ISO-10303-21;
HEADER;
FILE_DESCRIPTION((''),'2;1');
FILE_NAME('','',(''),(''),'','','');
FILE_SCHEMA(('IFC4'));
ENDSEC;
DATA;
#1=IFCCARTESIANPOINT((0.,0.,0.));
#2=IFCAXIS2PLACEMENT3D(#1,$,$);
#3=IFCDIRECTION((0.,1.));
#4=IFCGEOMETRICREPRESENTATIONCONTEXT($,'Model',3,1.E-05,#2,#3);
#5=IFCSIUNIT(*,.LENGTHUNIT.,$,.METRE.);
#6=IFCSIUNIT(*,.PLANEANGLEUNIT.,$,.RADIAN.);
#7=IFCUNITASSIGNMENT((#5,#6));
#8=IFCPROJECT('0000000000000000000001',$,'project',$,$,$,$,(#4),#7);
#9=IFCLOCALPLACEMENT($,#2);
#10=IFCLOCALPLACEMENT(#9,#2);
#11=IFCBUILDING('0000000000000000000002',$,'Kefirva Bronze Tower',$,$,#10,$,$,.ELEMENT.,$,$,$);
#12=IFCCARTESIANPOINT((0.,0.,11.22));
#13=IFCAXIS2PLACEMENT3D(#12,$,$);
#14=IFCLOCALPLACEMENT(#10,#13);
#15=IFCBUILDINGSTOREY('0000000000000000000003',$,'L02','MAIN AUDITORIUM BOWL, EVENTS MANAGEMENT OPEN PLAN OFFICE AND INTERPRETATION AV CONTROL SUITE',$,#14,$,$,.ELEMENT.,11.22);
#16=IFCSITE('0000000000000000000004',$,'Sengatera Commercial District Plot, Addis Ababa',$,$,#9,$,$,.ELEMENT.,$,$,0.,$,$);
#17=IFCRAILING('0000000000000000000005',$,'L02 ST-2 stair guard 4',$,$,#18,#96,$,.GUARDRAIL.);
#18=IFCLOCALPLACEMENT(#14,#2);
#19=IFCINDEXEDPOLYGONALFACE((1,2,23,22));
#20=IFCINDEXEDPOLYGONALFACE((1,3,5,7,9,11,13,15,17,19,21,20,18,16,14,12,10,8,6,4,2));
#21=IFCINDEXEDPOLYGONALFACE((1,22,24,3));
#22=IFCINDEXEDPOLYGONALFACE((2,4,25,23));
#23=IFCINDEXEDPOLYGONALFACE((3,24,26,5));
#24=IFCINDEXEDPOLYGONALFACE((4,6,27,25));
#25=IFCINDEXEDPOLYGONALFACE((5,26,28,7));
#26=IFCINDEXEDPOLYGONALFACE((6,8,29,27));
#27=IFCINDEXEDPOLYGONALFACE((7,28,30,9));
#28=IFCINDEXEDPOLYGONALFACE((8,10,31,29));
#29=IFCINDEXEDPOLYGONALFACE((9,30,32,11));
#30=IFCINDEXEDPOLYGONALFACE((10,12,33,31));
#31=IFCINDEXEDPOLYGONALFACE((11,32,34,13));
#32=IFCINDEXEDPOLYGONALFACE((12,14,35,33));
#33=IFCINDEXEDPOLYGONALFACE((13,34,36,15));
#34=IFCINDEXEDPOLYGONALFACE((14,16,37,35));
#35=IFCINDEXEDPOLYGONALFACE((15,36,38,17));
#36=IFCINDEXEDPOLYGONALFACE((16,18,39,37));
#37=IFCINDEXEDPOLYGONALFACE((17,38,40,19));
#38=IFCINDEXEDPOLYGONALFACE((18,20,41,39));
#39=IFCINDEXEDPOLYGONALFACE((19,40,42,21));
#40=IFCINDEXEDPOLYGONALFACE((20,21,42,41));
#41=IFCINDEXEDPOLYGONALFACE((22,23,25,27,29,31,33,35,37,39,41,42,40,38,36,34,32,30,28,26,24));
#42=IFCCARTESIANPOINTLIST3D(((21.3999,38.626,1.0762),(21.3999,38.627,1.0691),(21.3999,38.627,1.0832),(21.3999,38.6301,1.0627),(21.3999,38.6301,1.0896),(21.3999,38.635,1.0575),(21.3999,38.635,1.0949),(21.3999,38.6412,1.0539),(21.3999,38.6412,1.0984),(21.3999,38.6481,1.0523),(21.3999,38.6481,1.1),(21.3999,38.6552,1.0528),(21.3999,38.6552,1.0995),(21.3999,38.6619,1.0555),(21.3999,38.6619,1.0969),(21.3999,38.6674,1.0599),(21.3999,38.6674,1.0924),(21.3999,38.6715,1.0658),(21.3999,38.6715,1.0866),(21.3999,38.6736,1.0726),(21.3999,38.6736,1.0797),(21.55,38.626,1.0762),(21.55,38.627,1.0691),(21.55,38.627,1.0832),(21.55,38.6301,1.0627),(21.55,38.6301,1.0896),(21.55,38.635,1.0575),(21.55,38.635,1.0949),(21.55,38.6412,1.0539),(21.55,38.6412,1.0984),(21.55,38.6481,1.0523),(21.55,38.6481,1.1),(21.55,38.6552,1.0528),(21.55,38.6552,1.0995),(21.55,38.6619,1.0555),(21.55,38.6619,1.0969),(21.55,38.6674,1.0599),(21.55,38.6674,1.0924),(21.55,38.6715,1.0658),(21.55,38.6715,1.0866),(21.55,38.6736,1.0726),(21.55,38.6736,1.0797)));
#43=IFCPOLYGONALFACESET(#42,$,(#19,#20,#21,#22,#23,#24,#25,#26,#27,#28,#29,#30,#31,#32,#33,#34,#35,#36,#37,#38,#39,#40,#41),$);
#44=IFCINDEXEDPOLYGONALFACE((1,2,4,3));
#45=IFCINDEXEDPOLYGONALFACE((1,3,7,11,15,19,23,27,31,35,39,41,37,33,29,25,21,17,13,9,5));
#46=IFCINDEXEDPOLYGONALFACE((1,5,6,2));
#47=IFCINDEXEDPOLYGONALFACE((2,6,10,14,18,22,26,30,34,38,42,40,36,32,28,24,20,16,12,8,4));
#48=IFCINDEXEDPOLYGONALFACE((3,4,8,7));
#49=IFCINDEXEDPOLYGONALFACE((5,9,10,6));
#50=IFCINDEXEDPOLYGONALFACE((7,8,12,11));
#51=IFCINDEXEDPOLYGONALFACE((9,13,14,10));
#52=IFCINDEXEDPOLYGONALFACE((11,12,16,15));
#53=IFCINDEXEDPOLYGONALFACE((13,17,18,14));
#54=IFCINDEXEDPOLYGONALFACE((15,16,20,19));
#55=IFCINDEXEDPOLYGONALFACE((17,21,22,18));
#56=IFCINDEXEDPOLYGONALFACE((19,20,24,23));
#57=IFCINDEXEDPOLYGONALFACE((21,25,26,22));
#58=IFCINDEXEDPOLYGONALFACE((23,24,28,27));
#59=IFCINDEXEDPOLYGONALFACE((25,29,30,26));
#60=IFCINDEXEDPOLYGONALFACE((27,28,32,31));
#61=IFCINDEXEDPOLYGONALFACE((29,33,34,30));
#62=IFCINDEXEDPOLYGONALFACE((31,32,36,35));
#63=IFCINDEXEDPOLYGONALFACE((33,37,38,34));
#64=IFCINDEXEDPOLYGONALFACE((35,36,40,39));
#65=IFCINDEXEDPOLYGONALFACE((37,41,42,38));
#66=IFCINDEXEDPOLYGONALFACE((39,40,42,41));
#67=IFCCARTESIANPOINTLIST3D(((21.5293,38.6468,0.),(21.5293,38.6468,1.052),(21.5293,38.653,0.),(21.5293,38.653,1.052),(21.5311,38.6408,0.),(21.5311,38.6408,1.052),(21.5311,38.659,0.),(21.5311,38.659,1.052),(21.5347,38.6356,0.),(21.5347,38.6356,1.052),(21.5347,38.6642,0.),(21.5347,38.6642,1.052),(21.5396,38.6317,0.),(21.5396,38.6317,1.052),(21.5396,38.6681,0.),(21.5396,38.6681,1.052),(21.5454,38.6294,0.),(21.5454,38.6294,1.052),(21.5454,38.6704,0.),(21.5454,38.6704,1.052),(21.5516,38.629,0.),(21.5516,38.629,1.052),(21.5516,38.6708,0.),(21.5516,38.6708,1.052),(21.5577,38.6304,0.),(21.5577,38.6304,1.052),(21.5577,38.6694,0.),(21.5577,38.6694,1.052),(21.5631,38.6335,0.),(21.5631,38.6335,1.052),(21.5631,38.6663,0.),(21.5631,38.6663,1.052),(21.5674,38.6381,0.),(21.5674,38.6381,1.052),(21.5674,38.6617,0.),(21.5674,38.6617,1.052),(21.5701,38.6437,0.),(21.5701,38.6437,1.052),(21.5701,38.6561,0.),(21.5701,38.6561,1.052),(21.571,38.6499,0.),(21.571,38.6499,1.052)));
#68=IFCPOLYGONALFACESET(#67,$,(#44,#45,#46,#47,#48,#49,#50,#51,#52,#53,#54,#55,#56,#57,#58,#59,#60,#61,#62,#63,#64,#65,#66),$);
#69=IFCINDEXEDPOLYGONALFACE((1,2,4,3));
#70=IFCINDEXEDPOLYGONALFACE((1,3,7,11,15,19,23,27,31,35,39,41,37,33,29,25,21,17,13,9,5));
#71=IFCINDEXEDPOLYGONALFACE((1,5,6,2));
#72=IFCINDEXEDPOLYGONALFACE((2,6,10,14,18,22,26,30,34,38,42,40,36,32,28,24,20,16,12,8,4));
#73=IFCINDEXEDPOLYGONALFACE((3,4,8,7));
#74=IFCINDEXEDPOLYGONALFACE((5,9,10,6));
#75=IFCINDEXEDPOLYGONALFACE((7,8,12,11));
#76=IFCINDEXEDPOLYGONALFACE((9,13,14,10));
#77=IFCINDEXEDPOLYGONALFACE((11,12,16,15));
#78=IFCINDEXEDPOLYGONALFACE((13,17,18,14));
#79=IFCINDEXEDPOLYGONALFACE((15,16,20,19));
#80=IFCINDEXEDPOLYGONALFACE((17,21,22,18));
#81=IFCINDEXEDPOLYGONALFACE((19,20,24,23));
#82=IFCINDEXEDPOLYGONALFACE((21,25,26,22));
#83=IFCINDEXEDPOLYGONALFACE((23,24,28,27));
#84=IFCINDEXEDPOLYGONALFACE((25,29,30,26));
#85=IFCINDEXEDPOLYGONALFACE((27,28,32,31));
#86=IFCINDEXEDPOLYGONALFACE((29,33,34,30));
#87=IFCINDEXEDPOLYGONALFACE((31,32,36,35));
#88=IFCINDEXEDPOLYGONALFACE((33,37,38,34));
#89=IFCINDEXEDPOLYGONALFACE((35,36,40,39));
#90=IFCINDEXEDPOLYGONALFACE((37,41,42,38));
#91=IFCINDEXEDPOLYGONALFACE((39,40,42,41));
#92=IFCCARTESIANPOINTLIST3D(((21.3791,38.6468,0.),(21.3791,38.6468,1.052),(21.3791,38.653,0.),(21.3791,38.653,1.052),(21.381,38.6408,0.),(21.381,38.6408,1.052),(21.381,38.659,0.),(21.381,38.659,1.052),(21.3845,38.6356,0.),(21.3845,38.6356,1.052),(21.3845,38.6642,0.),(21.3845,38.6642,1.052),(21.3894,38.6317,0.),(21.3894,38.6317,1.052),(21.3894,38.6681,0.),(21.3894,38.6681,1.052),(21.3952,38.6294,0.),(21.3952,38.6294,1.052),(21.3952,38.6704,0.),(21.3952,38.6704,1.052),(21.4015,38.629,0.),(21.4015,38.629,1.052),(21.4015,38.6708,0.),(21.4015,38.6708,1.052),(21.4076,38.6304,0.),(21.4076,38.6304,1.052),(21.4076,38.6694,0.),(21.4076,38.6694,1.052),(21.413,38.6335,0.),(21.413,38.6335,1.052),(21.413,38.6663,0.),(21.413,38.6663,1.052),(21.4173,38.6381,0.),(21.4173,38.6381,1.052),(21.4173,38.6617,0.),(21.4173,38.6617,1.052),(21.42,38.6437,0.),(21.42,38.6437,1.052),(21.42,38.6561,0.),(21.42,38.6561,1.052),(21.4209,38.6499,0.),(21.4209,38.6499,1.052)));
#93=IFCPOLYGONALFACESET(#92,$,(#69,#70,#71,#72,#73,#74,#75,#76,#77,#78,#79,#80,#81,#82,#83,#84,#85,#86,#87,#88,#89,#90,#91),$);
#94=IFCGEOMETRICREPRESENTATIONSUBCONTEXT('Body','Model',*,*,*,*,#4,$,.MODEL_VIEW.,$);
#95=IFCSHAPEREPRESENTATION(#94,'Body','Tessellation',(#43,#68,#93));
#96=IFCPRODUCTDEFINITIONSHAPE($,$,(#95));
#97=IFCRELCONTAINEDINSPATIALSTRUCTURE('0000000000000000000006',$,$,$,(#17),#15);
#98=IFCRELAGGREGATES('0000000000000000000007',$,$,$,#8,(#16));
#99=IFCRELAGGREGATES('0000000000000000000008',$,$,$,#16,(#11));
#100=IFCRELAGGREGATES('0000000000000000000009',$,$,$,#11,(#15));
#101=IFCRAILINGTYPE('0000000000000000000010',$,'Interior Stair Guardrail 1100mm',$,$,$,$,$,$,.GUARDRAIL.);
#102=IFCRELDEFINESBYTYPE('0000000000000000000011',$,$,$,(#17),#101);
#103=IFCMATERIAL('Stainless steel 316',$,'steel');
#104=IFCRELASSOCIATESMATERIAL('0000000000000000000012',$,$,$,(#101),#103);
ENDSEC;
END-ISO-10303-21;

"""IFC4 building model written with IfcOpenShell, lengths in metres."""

from ifc_helpers import new_model, si_unit, direction, frame, origin, origin_2d, place, context, subcontext, project, spatial, circle, extrude, material, type_object, element, save


model = new_model("IFC4")

# Units and contexts
model_context = context("Model", 3, precision=1e-05, world=origin(), true_north=direction((0.0, 1.0)))
body_context = subcontext(model_context, "Body", "Model", "MODEL_VIEW")
ifc_project = project(units=[si_unit("LENGTHUNIT", "METRE"), si_unit("PLANEANGLEUNIT", "RADIAN")], contexts=[model_context])

# Site, building, storey
site_placement = place(None, origin())
site = spatial("IfcSite", under=ifc_project, at=site_placement, Name="Sengatera Commercial District Plot, Addis Ababa", CompositionType="ELEMENT", RefElevation=0.0)
building_placement = place(site_placement, origin())
building = spatial("IfcBuilding", under=site, at=building_placement, Name="Kefirva Bronze Tower", CompositionType="ELEMENT")
storey_placement = place(building_placement, frame((0.0, 0.0, 11.22)))
storey = spatial("IfcBuildingStorey", under=building, at=storey_placement, Name="L02", Description="MAIN AUDITORIUM BOWL, EVENTS MANAGEMENT OPEN PLAN OFFICE AND INTERPRETATION AV CONTROL SUITE", CompositionType="ELEMENT", Elevation=11.22)

# Railing
ifc_material_1 = material(Name="Stainless steel 316", Category="steel")
railing_type_1 = type_object("IfcRailingType", Name="Interior Stair Guardrail 1100mm", PredefinedType="GUARDRAIL", material=ifc_material_1)
railing_1_placement = place(storey_placement, frame((21.55, 38.6499, 0.0)))
element("IfcRailing", 1, at=railing_1_placement, inside=storey, type_object=railing_type_1, Name="L02 ST-2 stair guard 4", PredefinedType="GUARDRAIL", context=body_context, shape_type="SweptSolid", body=[
    extrude(circle(Radius=0.0239, at=origin_2d()), frame((0.0, 0.0, 1.0762), z_axis=(-1.0, 0.0, 0.0), x_axis=(0.0, -1.0, 0.0)), (0.0, 0.0, 1.0), 0.1501),
    extrude(circle(Radius=0.021, at=origin_2d()), origin(), (0.0, 0.0, 1.0), 1.052),
    extrude(circle(Radius=0.021, at=origin_2d()), frame((-0.1501, 0.0, 0.0)), (0.0, 0.0, 1.0), 1.052),
])

save(model, "model.ifc")
